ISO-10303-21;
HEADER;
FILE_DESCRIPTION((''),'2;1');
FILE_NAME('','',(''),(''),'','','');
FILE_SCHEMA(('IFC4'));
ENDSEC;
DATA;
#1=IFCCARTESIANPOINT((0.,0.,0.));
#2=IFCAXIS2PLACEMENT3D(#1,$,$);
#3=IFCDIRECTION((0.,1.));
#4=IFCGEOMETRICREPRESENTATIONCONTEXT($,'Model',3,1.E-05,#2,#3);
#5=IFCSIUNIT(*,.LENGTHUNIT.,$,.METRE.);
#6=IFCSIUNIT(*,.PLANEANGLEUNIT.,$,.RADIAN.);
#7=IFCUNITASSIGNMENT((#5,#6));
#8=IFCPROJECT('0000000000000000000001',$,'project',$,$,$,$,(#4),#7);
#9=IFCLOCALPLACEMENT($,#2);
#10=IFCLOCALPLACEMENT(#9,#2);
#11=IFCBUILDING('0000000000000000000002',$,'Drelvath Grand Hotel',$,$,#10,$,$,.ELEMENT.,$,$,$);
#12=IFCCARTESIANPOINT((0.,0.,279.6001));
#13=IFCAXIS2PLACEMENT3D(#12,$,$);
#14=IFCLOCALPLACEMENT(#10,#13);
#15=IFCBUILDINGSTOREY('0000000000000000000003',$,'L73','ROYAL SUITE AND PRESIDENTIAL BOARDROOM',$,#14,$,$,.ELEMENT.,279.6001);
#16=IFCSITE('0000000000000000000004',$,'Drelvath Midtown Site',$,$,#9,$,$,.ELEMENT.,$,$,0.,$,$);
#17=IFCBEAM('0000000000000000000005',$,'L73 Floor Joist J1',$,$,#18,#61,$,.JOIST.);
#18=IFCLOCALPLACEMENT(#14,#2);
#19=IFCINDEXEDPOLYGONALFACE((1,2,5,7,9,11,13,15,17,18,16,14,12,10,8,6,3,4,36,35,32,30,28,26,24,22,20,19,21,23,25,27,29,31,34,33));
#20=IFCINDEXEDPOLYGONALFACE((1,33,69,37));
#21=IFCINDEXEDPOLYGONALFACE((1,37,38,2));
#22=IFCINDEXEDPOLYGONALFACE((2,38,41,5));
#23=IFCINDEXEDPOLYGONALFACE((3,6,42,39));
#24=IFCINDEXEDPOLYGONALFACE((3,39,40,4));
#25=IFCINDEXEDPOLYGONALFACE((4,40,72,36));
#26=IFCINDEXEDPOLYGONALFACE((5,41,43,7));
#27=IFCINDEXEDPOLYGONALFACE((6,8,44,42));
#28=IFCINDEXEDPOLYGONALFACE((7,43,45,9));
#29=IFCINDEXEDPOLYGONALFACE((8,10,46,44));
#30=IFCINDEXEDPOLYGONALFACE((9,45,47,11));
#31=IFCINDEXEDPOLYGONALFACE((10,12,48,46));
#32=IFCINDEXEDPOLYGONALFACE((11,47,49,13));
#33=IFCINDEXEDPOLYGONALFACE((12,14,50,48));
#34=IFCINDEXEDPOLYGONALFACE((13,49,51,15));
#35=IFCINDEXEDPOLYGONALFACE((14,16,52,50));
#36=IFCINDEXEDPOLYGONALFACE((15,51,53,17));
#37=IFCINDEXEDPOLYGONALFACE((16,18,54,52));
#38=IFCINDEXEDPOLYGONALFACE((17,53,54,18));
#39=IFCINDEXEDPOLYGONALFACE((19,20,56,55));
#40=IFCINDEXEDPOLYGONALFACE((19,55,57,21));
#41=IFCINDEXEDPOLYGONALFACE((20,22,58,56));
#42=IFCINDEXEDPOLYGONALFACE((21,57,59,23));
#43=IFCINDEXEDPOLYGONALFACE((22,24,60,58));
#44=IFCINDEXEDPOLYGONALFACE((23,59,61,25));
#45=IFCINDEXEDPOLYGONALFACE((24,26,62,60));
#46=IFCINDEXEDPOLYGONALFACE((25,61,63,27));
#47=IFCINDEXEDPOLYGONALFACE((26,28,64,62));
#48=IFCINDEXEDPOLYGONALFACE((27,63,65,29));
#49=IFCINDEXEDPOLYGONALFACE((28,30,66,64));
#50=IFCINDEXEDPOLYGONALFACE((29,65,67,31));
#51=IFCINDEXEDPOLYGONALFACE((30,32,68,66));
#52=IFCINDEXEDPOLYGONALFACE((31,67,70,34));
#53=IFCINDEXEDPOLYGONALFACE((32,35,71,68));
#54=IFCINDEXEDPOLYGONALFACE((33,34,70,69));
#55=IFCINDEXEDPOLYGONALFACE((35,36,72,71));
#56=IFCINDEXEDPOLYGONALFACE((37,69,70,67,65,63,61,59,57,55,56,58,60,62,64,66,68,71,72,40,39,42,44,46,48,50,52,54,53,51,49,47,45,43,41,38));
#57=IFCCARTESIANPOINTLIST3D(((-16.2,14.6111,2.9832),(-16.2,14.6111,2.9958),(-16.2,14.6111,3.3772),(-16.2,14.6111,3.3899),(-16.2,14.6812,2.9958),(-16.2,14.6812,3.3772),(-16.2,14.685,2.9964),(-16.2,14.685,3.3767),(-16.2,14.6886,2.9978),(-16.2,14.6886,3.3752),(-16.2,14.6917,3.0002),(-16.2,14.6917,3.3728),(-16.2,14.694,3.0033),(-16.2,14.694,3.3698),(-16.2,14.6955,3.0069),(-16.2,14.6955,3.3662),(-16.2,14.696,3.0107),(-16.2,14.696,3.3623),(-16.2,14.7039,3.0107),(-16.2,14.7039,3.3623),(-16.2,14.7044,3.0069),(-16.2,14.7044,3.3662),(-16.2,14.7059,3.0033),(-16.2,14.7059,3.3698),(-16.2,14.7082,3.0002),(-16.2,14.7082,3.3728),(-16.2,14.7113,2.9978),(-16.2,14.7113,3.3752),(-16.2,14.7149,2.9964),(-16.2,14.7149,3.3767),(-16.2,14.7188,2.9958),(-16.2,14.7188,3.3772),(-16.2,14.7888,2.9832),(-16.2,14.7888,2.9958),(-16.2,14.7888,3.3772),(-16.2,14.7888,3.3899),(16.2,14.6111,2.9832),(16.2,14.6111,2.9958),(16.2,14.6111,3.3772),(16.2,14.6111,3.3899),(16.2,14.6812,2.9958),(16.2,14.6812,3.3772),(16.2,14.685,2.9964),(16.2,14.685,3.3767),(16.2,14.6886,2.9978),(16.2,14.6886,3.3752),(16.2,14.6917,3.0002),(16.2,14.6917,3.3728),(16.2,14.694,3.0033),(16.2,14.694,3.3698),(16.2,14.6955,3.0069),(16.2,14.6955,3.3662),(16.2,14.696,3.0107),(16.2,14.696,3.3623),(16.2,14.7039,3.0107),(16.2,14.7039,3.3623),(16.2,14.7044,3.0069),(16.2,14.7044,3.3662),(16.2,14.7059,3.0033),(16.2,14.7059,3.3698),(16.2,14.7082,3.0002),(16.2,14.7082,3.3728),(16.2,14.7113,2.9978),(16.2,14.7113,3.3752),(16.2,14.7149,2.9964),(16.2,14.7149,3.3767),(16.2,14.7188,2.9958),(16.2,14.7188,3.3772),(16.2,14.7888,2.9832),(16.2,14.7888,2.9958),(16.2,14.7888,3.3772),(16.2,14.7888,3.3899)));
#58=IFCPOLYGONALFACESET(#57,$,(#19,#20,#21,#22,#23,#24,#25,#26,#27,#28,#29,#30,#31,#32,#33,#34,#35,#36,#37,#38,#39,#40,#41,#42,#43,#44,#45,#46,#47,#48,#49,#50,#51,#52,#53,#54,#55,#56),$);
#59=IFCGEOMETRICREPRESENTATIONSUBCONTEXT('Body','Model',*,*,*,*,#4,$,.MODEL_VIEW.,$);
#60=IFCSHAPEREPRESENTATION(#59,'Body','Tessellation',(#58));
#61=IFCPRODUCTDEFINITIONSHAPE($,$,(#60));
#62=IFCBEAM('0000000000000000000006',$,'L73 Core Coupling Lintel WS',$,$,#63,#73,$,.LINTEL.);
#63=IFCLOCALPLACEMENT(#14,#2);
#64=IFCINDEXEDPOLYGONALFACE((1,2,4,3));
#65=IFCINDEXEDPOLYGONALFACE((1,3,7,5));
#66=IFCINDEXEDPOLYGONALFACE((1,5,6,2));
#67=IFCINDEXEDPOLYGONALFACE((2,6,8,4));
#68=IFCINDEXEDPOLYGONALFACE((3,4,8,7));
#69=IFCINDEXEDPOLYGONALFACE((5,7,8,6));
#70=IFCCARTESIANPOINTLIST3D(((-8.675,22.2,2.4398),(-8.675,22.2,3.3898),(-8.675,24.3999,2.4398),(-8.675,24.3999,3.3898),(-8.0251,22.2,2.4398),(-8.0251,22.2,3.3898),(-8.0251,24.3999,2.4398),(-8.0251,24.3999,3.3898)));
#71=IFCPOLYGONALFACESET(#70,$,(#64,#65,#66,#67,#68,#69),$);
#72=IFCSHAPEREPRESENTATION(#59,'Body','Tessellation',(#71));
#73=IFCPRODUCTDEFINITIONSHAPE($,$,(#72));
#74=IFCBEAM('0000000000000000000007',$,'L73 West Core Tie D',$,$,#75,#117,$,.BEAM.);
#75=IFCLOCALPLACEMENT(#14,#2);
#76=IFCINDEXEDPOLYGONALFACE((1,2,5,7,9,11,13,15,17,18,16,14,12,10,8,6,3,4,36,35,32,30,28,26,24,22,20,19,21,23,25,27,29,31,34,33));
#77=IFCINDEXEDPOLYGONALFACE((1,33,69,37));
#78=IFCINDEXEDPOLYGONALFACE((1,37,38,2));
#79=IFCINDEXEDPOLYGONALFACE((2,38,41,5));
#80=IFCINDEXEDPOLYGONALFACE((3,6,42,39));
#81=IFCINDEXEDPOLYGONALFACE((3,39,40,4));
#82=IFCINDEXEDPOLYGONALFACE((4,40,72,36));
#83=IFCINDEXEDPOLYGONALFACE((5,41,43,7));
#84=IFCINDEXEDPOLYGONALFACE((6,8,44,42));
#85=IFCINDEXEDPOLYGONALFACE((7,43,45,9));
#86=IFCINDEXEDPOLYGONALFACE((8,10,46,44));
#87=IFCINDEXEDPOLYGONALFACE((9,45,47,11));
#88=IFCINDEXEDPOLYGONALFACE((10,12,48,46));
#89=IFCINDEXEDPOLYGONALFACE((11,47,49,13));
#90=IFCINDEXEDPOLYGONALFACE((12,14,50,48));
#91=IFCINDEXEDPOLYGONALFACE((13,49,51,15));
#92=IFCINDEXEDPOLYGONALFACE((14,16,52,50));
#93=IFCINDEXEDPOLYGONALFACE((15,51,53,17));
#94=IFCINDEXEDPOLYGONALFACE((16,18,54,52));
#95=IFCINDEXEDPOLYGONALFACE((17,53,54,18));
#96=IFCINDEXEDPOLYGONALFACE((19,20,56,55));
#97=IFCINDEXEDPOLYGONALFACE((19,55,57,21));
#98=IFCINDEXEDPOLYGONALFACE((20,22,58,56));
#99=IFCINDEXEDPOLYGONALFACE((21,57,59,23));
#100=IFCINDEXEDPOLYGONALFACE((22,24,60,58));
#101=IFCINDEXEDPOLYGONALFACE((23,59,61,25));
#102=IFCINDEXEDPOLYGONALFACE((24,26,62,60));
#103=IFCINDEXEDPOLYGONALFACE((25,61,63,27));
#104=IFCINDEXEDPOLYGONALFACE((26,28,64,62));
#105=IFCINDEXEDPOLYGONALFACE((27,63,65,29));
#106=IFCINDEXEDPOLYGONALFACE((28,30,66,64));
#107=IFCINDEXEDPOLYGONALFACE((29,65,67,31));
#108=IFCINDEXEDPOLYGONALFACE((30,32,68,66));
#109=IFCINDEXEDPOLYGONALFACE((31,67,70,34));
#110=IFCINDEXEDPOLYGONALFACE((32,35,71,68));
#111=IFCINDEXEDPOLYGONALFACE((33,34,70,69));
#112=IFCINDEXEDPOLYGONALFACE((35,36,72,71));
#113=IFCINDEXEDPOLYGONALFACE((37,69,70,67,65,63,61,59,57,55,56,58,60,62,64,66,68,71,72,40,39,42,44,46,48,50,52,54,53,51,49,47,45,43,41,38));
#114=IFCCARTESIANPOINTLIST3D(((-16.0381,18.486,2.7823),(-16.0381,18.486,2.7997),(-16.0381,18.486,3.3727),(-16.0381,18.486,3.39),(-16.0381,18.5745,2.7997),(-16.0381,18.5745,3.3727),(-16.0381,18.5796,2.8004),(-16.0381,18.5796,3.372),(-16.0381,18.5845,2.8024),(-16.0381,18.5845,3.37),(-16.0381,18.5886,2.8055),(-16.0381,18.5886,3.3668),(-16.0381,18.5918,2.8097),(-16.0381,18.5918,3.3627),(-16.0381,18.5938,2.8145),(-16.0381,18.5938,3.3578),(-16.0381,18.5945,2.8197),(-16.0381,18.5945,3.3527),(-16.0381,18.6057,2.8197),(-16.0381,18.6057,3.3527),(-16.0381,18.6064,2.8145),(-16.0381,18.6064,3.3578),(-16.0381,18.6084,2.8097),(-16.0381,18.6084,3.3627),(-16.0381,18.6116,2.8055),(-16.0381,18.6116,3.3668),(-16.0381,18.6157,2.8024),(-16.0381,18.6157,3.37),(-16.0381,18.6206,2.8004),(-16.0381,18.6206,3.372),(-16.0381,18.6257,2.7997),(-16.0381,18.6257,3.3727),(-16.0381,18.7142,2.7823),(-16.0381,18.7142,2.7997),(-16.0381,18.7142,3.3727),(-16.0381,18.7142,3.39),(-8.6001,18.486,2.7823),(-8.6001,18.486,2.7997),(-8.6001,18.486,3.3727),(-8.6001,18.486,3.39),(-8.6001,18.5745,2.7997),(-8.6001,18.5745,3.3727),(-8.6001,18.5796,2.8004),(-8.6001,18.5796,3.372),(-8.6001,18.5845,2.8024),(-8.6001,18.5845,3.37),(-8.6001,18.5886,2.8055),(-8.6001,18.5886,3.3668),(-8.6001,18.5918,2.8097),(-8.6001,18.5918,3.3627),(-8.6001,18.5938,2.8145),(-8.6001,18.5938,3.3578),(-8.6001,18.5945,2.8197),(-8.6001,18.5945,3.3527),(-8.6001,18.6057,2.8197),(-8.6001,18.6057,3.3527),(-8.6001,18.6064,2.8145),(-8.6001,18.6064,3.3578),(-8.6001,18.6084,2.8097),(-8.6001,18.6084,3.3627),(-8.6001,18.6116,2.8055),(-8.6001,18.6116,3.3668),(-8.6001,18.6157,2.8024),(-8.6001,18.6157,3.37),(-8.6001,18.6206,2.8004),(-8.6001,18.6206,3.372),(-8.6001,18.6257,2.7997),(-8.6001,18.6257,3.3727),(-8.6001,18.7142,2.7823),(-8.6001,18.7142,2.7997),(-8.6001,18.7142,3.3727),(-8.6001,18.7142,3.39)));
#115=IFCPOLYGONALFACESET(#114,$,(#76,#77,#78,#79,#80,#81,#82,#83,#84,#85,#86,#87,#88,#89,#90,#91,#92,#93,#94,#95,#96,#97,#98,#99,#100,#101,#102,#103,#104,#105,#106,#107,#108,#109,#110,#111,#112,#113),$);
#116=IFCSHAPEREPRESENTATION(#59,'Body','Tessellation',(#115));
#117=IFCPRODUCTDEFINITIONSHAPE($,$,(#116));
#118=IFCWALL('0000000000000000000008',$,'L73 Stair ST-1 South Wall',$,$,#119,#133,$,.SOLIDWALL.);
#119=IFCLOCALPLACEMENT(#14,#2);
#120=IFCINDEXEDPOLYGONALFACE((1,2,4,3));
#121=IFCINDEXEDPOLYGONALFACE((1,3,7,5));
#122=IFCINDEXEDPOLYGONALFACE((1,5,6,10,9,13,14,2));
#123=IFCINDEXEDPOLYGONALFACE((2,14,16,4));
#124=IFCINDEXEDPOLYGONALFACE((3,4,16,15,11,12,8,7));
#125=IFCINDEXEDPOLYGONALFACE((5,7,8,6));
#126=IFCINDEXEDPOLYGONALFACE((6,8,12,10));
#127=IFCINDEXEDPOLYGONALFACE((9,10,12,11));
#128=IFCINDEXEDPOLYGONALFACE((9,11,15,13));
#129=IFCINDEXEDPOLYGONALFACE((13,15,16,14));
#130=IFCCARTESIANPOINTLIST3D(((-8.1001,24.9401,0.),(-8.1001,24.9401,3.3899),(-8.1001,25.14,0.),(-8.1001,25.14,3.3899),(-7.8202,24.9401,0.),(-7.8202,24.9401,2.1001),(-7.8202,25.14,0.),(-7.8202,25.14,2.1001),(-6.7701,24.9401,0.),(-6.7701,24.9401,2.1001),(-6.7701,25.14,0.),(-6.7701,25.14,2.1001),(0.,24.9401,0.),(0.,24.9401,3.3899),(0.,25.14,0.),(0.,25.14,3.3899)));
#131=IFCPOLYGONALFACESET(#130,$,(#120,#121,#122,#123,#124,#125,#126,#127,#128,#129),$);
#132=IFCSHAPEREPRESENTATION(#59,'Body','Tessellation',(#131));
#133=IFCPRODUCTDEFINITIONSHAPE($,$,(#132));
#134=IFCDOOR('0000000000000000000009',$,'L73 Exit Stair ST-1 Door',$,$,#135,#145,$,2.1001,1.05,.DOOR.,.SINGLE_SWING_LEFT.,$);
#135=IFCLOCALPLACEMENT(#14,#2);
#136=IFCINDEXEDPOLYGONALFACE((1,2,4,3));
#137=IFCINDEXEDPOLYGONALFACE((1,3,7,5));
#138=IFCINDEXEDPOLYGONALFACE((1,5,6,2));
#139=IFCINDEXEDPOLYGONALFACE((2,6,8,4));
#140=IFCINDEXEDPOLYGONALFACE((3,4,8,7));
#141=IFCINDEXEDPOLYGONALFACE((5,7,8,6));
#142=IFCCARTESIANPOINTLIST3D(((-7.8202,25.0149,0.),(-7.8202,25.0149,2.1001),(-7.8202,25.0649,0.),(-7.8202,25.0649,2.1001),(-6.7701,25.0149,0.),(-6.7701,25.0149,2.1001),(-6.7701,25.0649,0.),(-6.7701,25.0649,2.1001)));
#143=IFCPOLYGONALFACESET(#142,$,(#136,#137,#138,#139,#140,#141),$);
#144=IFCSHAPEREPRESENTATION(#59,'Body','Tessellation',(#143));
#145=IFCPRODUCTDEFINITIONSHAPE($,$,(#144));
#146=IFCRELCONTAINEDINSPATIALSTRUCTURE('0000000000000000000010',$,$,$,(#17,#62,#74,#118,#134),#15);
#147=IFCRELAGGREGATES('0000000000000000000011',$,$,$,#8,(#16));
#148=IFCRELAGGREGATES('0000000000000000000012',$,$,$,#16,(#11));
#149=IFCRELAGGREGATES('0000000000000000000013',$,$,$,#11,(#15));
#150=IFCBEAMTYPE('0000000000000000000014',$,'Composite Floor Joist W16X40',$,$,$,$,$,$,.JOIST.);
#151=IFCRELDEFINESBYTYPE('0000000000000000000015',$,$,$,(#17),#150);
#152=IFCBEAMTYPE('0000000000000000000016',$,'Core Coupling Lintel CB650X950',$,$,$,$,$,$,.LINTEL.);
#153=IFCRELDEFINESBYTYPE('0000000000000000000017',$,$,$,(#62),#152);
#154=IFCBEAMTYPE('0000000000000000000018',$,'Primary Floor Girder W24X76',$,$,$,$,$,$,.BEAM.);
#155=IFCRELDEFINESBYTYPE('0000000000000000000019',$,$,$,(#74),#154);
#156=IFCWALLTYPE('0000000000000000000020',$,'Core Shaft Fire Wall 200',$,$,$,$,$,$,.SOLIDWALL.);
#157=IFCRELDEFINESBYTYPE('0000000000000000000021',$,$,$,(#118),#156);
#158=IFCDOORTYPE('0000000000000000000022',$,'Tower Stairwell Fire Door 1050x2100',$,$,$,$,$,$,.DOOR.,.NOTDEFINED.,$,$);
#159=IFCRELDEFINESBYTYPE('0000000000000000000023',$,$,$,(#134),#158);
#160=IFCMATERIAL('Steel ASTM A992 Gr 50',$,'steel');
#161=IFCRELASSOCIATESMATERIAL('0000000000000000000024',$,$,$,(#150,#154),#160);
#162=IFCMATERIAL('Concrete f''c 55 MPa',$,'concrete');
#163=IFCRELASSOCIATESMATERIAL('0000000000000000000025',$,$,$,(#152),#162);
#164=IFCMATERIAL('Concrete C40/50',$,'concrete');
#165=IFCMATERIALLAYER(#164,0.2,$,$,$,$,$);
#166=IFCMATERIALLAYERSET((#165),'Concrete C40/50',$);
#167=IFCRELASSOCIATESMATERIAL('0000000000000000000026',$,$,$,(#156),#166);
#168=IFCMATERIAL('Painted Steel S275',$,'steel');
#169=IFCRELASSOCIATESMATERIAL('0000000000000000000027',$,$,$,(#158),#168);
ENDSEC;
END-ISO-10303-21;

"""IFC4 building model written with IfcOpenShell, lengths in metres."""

from ifc_helpers import new_model, si_unit, direction, frame, frame_2d, origin, origin_2d, place, context, subcontext, project, spatial, rectangle, i_section, extrude, material, layer, layer_set, material_profile, profile_set, type_object, element, fill, save


model = new_model("IFC4")

# Units and contexts
model_context = context("Model", 3, precision=1e-05, world=origin(), true_north=direction((0.0, 1.0)))
body_context = subcontext(model_context, "Body", "Model", "MODEL_VIEW")
ifc_project = project(units=[si_unit("LENGTHUNIT", "METRE"), si_unit("PLANEANGLEUNIT", "RADIAN")], contexts=[model_context])

# Site, building, storey
site_placement = place(None, origin())
site = spatial("IfcSite", under=ifc_project, at=site_placement, Name="Drelvath Midtown Site", CompositionType="ELEMENT", RefElevation=0.0)
building_placement = place(site_placement, origin())
building = spatial("IfcBuilding", under=site, at=building_placement, Name="Drelvath Grand Hotel", CompositionType="ELEMENT")
storey_placement = place(building_placement, frame((0.0, 0.0, 279.6001)))
storey = spatial("IfcBuildingStorey", under=building, at=storey_placement, Name="L73", Description="ROYAL SUITE AND PRESIDENTIAL BOARDROOM", CompositionType="ELEMENT", Elevation=279.6001)

# Beams
ifc_material_1 = material(Name="Steel ASTM A992 Gr 50", Category="steel")
ifc_material_profile_1 = material_profile(ifc_material_1, i_section(OverallWidth=0.1777, OverallDepth=0.4067, WebThickness=0.0078, FlangeThickness=0.0127, FilletRadius=0.0149, at=origin_2d()), Name="W16X40")
ifc_profile_set_1 = profile_set([ifc_material_profile_1], Name="Steel ASTM A992 Gr 50")
beam_type_1 = type_object("IfcBeamType", Name="Composite Floor Joist W16X40", PredefinedType="JOIST", material=ifc_profile_set_1)
beam_1_placement = place(storey_placement, frame((-16.2, 14.7, 3.1865), z_axis=(1.0, 0.0, 0.0), x_axis=(0.0, 1.0, 0.0)))
element("IfcBeam", 1, at=beam_1_placement, inside=storey, type_object=beam_type_1, Name="L73 Floor Joist J1", PredefinedType="JOIST", context=body_context, shape_type="SweptSolid", body=[
    extrude(i_section(OverallWidth=0.1777, OverallDepth=0.4067, WebThickness=0.0078, FlangeThickness=0.0127, FilletRadius=0.0149, at=origin_2d()), origin(), (0.0, 0.0, 1.0), 32.3999),
])
ifc_material_2 = material(Name="Concrete f'c 55 MPa", Category="concrete")
ifc_material_profile_2 = material_profile(ifc_material_2, rectangle(XDim=0.6499, YDim=0.95, at=origin_2d()), Name="CB650X950")
ifc_profile_set_2 = profile_set([ifc_material_profile_2], Name="Concrete f'c 55 MPa")
beam_type_2 = type_object("IfcBeamType", Name="Core Coupling Lintel CB650X950", PredefinedType="LINTEL", material=ifc_profile_set_2)
beam_2_placement = place(storey_placement, frame((-8.3501, 22.2, 2.9148), z_axis=(0.0, 1.0, 0.0), x_axis=(-1.0, 0.0, 0.0)))
element("IfcBeam", 2, at=beam_2_placement, inside=storey, type_object=beam_type_2, Name="L73 Core Coupling Lintel WS", PredefinedType="LINTEL", context=body_context, shape_type="SweptSolid", body=[
    extrude(rectangle(XDim=0.6499, YDim=0.95, at=origin_2d()), origin(), (0.0, 0.0, 1.0), 2.2),
])
ifc_material_profile_3 = material_profile(ifc_material_1, i_section(OverallWidth=0.2283, OverallDepth=0.6077, WebThickness=0.0112, FlangeThickness=0.0173, FilletRadius=0.02, at=origin_2d()), Name="W24X76")
ifc_profile_set_3 = profile_set([ifc_material_profile_3], Name="Steel ASTM A992 Gr 50")
beam_type_3 = type_object("IfcBeamType", Name="Primary Floor Girder W24X76", PredefinedType="BEAM", material=ifc_profile_set_3)
beam_3_placement = place(storey_placement, frame((-16.0381, 18.6001, 3.0862), z_axis=(1.0, 0.0, 0.0), x_axis=(0.0, 1.0, 0.0)))
element("IfcBeam", 3, at=beam_3_placement, inside=storey, type_object=beam_type_3, Name="L73 West Core Tie D", PredefinedType="BEAM", context=body_context, shape_type="SweptSolid", body=[
    extrude(i_section(OverallWidth=0.2283, OverallDepth=0.6077, WebThickness=0.0112, FlangeThickness=0.0173, FilletRadius=0.02, at=origin_2d()), origin(), (0.0, 0.0, 1.0), 7.438),
])

# Wall, opening, door
ifc_material_3 = material(Name="Concrete C40/50", Category="concrete")
ifc_layer_1 = layer(ifc_material_3, 0.2)
ifc_layer_set_1 = layer_set([ifc_layer_1], Name="Concrete C40/50")
wall_type_1 = type_object("IfcWallType", Name="Core Shaft Fire Wall 200", PredefinedType="SOLIDWALL", material=ifc_layer_set_1)
wall_1_placement = place(storey_placement, frame((-8.1001, 25.04, 0.0), z_axis=(0.0, 0.0, 1.0), x_axis=(1.0, 0.0, 0.0)))
wall_1 = element("IfcWall", 4, at=wall_1_placement, inside=storey, type_object=wall_type_1, Name="L73 Stair ST-1 South Wall", PredefinedType="SOLIDWALL", context=body_context, shape_type="SweptSolid", body=[
    extrude(rectangle(XDim=8.1001, YDim=0.2, at=frame_2d((4.05, 0.0))), origin(), (0.0, 0.0, 1.0), 3.3899),
])
opening_1_placement = place(wall_1_placement, frame((0.28, 0.0, 0.0)))
opening_1 = element("IfcOpeningElement", 5, at=opening_1_placement, cuts=wall_1, PredefinedType="OPENING", context=body_context, shape_type="SweptSolid", body=[
    extrude(rectangle(XDim=1.05, YDim=2.1001, at=frame_2d((0.5249, 1.05))), frame((0.0, 0.1099, 0.0), z_axis=(0.0, -1.0, 0.0), x_axis=(1.0, 0.0, 0.0)), (0.0, 0.0, 1.0), 0.22),
])
ifc_material_4 = material(Name="Painted Steel S275", Category="steel")
door_type_1 = type_object("IfcDoorType", Name="Tower Stairwell Fire Door 1050x2100", OperationType="NOTDEFINED", PredefinedType="DOOR", material=ifc_material_4)
door_1_placement = place(opening_1_placement, origin())
door_1 = element("IfcDoor", 6, at=door_1_placement, inside=storey, type_object=door_type_1, Name="L73 Exit Stair ST-1 Door", OperationType="SINGLE_SWING_LEFT", OverallHeight=2.1001, OverallWidth=1.05, PredefinedType="DOOR", context=body_context, shape_type="SweptSolid", body=[
    extrude(rectangle(XDim=1.05, YDim=2.1001, at=frame_2d((0.5249, 1.05))), frame((0.0, 0.0249, 0.0), z_axis=(0.0, -1.0, 0.0), x_axis=(1.0, 0.0, 0.0)), (0.0, 0.0, 1.0), 0.05),
])
fill(opening_1, door_1)

save(model, "model.ifc")
